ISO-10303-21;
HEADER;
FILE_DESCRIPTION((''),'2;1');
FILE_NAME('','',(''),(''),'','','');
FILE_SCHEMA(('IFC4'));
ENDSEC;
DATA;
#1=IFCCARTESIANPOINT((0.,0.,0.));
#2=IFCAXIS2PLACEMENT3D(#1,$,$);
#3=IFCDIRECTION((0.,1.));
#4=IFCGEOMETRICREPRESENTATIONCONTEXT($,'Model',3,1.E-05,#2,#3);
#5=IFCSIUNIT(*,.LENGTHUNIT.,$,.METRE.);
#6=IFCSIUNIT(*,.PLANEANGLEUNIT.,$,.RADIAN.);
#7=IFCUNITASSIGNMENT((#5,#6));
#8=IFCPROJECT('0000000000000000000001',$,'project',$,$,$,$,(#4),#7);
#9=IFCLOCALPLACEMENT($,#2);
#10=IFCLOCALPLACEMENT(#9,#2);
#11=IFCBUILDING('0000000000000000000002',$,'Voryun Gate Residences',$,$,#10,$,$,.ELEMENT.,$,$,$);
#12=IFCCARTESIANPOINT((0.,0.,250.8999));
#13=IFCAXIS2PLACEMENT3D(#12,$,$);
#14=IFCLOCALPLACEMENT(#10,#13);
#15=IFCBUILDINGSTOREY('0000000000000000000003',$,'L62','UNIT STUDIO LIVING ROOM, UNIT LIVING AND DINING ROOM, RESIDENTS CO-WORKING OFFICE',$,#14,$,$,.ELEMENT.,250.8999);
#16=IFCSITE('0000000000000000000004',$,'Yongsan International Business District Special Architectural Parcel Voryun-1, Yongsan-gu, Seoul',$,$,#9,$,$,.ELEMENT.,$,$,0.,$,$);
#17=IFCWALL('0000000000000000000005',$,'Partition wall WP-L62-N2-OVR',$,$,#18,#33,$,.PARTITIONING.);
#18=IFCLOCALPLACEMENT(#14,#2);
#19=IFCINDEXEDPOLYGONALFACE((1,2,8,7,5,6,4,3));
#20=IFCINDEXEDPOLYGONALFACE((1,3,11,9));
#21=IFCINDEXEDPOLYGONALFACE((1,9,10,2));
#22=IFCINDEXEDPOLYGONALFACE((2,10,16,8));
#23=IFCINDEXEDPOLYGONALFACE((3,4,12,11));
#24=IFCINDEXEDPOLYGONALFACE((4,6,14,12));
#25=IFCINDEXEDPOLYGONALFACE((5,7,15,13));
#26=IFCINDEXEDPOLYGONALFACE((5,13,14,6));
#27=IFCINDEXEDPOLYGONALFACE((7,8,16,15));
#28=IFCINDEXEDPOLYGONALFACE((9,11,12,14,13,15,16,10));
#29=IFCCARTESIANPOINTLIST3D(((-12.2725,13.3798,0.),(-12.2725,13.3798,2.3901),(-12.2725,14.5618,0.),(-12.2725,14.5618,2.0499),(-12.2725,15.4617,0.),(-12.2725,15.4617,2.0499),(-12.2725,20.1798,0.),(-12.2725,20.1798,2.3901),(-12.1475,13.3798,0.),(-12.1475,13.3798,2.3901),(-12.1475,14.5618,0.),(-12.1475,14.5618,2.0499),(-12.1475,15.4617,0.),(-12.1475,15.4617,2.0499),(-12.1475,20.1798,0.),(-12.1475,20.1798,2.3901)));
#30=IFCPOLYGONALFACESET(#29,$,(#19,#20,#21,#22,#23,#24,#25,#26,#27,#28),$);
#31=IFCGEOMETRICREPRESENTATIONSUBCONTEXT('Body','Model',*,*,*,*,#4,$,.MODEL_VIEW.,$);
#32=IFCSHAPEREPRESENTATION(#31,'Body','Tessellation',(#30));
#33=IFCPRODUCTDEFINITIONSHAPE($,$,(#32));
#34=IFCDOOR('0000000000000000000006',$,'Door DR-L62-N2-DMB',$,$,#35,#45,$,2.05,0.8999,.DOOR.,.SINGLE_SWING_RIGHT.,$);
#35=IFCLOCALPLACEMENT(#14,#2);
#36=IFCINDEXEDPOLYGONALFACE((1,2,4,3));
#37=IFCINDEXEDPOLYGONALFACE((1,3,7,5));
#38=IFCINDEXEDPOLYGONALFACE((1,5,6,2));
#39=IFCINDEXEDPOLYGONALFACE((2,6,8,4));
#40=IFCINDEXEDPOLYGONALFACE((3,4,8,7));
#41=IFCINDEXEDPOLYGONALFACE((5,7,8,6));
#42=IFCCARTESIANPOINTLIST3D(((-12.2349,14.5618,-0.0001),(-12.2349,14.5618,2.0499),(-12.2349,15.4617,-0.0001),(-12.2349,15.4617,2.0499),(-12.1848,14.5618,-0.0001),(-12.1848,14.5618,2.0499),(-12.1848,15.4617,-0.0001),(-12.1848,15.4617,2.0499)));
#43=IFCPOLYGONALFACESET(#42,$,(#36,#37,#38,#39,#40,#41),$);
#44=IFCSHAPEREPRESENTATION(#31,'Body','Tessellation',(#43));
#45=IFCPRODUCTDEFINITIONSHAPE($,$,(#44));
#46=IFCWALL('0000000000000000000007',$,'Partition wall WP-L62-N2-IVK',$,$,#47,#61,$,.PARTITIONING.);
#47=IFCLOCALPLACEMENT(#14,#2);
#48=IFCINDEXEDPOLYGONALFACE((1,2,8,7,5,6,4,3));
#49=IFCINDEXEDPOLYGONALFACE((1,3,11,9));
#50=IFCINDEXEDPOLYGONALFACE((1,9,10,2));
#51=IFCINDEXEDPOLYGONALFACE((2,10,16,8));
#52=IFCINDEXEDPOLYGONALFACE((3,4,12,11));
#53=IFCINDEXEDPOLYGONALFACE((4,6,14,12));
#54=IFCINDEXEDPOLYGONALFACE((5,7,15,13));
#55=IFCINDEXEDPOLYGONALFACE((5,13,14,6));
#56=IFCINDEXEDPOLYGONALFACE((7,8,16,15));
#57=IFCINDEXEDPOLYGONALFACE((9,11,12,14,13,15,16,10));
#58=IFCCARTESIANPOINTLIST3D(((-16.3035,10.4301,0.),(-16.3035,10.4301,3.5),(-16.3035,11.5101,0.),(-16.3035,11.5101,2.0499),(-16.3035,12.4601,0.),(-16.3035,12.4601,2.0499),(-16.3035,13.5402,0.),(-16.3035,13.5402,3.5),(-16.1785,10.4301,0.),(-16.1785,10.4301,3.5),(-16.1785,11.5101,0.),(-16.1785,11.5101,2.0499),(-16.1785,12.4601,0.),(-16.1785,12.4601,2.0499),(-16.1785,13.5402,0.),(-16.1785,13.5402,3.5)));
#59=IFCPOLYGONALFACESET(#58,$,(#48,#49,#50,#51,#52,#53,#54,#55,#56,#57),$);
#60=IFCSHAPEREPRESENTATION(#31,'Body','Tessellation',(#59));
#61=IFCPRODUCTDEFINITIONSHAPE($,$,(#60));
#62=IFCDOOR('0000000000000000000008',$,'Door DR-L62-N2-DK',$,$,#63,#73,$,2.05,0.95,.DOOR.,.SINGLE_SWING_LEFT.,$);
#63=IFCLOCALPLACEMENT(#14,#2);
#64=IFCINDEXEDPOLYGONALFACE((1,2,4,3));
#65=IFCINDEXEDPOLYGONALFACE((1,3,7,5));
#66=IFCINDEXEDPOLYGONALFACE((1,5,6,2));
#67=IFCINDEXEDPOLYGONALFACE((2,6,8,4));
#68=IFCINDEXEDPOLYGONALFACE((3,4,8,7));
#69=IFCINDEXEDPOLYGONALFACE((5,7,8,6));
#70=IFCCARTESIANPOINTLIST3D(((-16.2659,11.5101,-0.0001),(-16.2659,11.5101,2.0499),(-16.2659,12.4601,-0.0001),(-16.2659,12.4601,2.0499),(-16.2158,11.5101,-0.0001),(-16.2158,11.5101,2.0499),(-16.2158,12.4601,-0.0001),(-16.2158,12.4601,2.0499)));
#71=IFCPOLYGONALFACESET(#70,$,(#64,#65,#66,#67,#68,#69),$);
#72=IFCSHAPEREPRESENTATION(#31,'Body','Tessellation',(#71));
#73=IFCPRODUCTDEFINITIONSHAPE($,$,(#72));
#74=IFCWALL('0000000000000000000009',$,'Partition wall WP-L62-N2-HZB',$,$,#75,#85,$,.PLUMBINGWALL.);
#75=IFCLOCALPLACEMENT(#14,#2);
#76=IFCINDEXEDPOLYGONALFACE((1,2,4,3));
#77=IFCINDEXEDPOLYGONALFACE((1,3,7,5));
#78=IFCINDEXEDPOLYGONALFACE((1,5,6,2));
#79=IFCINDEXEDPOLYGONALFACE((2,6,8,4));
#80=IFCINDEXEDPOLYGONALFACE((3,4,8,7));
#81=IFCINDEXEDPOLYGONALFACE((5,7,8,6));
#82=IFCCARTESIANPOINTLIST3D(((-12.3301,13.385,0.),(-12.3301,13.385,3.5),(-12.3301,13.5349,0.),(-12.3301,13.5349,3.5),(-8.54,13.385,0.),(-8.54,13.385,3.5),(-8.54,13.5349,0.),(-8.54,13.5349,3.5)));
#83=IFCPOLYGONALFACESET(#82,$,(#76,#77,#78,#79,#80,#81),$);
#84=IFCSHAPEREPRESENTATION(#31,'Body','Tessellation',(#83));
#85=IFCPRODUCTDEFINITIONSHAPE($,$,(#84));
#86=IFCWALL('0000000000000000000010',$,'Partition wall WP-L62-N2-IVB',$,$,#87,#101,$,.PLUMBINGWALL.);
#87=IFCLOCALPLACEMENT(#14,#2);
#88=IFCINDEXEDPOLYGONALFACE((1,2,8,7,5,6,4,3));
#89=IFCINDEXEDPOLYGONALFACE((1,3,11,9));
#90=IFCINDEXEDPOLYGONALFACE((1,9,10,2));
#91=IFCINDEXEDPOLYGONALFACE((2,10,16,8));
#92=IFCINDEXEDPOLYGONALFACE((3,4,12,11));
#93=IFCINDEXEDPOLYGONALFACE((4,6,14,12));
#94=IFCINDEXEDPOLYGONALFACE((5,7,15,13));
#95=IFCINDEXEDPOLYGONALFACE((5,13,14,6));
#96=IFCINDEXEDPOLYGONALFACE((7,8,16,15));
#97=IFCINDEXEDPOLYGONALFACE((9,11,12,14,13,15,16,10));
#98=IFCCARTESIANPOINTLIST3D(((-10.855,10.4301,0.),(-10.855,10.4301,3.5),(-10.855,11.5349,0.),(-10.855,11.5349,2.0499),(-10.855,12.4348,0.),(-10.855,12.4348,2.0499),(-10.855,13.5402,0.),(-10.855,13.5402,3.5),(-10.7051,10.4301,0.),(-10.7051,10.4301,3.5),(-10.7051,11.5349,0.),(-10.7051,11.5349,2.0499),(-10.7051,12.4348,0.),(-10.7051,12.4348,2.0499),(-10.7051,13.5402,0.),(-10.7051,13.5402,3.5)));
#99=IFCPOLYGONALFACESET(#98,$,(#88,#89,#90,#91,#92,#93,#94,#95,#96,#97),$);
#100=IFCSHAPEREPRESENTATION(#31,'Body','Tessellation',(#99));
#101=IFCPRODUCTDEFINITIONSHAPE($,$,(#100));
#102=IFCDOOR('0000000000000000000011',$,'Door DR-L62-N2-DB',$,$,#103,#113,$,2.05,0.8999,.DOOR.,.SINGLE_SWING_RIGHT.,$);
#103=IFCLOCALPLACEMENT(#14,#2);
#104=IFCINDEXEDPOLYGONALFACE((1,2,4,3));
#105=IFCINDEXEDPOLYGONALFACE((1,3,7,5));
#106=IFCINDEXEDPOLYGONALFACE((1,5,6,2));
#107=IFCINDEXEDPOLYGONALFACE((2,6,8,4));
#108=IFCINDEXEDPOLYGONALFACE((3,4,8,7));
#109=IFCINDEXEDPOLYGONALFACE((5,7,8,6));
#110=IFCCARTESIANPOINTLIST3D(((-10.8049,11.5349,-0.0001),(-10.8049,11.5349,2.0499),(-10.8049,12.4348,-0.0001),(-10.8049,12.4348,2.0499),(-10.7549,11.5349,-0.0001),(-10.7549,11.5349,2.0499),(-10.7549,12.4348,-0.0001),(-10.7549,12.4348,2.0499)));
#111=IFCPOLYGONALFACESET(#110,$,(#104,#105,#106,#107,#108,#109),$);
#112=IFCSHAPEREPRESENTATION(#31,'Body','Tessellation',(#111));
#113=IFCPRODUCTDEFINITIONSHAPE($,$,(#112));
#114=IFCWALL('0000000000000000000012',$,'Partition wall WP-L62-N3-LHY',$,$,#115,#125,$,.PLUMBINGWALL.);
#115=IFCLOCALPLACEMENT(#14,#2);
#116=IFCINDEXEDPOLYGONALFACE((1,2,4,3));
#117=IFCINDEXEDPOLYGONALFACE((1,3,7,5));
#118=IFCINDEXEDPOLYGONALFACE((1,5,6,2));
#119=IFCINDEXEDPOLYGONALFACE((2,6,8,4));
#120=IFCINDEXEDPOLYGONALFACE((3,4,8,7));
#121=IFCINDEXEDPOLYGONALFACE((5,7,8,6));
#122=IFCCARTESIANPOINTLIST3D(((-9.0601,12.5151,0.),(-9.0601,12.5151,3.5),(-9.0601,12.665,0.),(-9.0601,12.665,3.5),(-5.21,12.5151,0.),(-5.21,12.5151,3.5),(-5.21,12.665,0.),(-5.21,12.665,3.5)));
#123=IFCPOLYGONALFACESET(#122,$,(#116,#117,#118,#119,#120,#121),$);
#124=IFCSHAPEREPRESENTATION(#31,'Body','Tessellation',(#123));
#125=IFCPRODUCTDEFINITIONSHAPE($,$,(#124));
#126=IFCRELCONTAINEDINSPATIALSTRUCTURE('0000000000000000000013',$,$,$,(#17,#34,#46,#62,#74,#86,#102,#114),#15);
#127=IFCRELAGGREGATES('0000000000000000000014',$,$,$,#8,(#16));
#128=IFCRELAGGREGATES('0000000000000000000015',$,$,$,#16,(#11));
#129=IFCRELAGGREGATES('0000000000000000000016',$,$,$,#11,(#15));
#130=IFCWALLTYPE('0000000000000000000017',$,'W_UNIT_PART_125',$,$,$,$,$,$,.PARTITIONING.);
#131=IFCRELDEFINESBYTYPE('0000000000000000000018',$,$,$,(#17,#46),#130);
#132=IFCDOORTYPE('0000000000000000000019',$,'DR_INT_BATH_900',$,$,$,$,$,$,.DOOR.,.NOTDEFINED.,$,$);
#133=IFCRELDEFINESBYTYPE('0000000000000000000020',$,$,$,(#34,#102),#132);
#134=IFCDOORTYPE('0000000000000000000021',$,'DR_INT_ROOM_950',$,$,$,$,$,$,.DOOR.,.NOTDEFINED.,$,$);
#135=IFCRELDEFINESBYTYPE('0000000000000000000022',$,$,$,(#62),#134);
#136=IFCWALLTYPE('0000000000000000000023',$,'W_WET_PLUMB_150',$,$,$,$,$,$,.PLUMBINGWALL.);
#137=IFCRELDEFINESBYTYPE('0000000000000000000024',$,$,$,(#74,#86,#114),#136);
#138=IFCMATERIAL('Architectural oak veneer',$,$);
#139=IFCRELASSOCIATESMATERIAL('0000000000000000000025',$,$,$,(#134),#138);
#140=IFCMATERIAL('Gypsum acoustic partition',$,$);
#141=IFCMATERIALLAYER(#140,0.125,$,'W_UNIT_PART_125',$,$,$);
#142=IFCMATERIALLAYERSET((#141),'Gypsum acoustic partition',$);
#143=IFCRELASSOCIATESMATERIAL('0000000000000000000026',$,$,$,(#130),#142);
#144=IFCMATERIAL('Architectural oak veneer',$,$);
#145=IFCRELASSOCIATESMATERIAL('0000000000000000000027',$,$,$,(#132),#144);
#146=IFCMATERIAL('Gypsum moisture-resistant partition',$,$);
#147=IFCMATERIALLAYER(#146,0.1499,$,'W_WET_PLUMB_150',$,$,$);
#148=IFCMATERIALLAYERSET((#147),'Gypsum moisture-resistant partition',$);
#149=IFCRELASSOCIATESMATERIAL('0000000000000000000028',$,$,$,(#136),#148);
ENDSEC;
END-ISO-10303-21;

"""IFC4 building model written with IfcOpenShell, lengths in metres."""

from ifc_helpers import new_model, si_unit, direction, frame, frame_2d, origin, place, context, subcontext, project, spatial, rectangle, extrude, material, layer, layer_set, type_object, element, fill, save


model = new_model("IFC4")

# Units and contexts
model_context = context("Model", 3, precision=1e-05, world=origin(), true_north=direction((0.0, 1.0)))
body_context = subcontext(model_context, "Body", "Model", "MODEL_VIEW")
ifc_project = project(units=[si_unit("LENGTHUNIT", "METRE"), si_unit("PLANEANGLEUNIT", "RADIAN")], contexts=[model_context])

# Site, building, storey
site_placement = place(None, origin())
site = spatial("IfcSite", under=ifc_project, at=site_placement, Name="Yongsan International Business District Special Architectural Parcel Voryun-1, Yongsan-gu, Seoul", CompositionType="ELEMENT", RefElevation=0.0)
building_placement = place(site_placement, origin())
building = spatial("IfcBuilding", under=site, at=building_placement, Name="Voryun Gate Residences", CompositionType="ELEMENT")
storey_placement = place(building_placement, frame((0.0, 0.0, 250.8999)))
storey = spatial("IfcBuildingStorey", under=building, at=storey_placement, Name="L62", Description="UNIT STUDIO LIVING ROOM, UNIT LIVING AND DINING ROOM, RESIDENTS CO-WORKING OFFICE", CompositionType="ELEMENT", Elevation=250.8999)

# Shared definitions
ifc_material_1 = material(Name="Architectural oak veneer")
door_type_1 = type_object("IfcDoorType", Name="DR_INT_ROOM_950", OperationType="NOTDEFINED", PredefinedType="DOOR", material=ifc_material_1)

# Walls, openings, doors
ifc_material_2 = material(Name="Gypsum acoustic partition")
ifc_layer_1 = layer(ifc_material_2, 0.125, Name="W_UNIT_PART_125")
ifc_layer_set_1 = layer_set([ifc_layer_1], Name="Gypsum acoustic partition")
wall_type_1 = type_object("IfcWallType", Name="W_UNIT_PART_125", PredefinedType="PARTITIONING", material=ifc_layer_set_1)
wall_1_placement = place(storey_placement, frame((-12.21, 13.3799, 0.0), z_axis=(0.0, 0.0, 1.0), x_axis=(0.0, 1.0, 0.0)))
wall_1 = element("IfcWall", 1, at=wall_1_placement, inside=storey, type_object=wall_type_1, Name="Partition wall WP-L62-N2-OVR", PredefinedType="PARTITIONING", context=body_context, shape_type="SweptSolid", body=[
    extrude(rectangle(XDim=6.8, YDim=0.125, at=frame_2d((3.3999, 0.0))), origin(), (0.0, 0.0, 1.0), 2.3901),
])
opening_1_placement = place(wall_1_placement, frame((1.1819, 0.0, 0.0)))
opening_1 = element("IfcOpeningElement", 2, at=opening_1_placement, cuts=wall_1, PredefinedType="OPENING", context=body_context, shape_type="SweptSolid", body=[
    extrude(rectangle(XDim=0.8999, YDim=2.05, at=frame_2d((0.45, 1.0249))), frame((0.0, 0.0725, 0.0), z_axis=(0.0, -1.0, 0.0), x_axis=(1.0, 0.0, 0.0)), (0.0, 0.0, 1.0), 0.145),
])
ifc_material_3 = material(Name="Architectural oak veneer")
door_type_2 = type_object("IfcDoorType", Name="DR_INT_BATH_900", OperationType="NOTDEFINED", PredefinedType="DOOR", material=ifc_material_3)
door_1_placement = place(opening_1_placement, origin())
door_1 = element("IfcDoor", 3, at=door_1_placement, inside=storey, type_object=door_type_2, Name="Door DR-L62-N2-DMB", OperationType="SINGLE_SWING_RIGHT", OverallHeight=2.05, OverallWidth=0.8999, PredefinedType="DOOR", context=body_context, shape_type="SweptSolid", body=[
    extrude(rectangle(XDim=0.8999, YDim=2.05, at=frame_2d((0.45, 1.0249))), frame((0.0, 0.0249, 0.0), z_axis=(0.0, -1.0, 0.0), x_axis=(1.0, 0.0, 0.0)), (0.0, 0.0, 1.0), 0.05),
])
fill(opening_1, door_1)
wall_2_placement = place(storey_placement, frame((-16.241, 10.4299, 0.0), z_axis=(0.0, 0.0, 1.0), x_axis=(0.0, 1.0, 0.0)))
wall_2 = element("IfcWall", 4, at=wall_2_placement, inside=storey, type_object=wall_type_1, Name="Partition wall WP-L62-N2-IVK", PredefinedType="PARTITIONING", context=body_context, shape_type="SweptSolid", body=[
    extrude(rectangle(XDim=3.1101, YDim=0.125, at=frame_2d((1.5552, 0.0))), origin(), (0.0, 0.0, 1.0), 3.5),
])
opening_2_placement = place(wall_2_placement, frame((1.0801, 0.0, 0.0)))
opening_2 = element("IfcOpeningElement", 5, at=opening_2_placement, cuts=wall_2, PredefinedType="OPENING", context=body_context, shape_type="SweptSolid", body=[
    extrude(rectangle(XDim=0.95, YDim=2.05, at=frame_2d((0.4751, 1.0249))), frame((0.0, 0.0725, 0.0), z_axis=(0.0, -1.0, 0.0), x_axis=(1.0, 0.0, 0.0)), (0.0, 0.0, 1.0), 0.145),
])
door_2_placement = place(opening_2_placement, origin())
door_2 = element("IfcDoor", 6, at=door_2_placement, inside=storey, type_object=door_type_1, Name="Door DR-L62-N2-DK", OperationType="SINGLE_SWING_LEFT", OverallHeight=2.05, OverallWidth=0.95, PredefinedType="DOOR", context=body_context, shape_type="SweptSolid", body=[
    extrude(rectangle(XDim=0.95, YDim=2.05, at=frame_2d((0.4751, 1.0249))), frame((0.0, 0.0249, 0.0), z_axis=(0.0, -1.0, 0.0), x_axis=(1.0, 0.0, 0.0)), (0.0, 0.0, 1.0), 0.05),
])
fill(opening_2, door_2)

# Wall
ifc_material_4 = material(Name="Gypsum moisture-resistant partition")
ifc_layer_2 = layer(ifc_material_4, 0.1499, Name="W_WET_PLUMB_150")
ifc_layer_set_2 = layer_set([ifc_layer_2], Name="Gypsum moisture-resistant partition")
wall_type_2 = type_object("IfcWallType", Name="W_WET_PLUMB_150", PredefinedType="PLUMBINGWALL", material=ifc_layer_set_2)
wall_3_placement = place(storey_placement, frame((-12.3301, 13.46, 0.0), z_axis=(0.0, 0.0, 1.0), x_axis=(1.0, 0.0, 0.0)))
element("IfcWall", 7, at=wall_3_placement, inside=storey, type_object=wall_type_2, Name="Partition wall WP-L62-N2-HZB", PredefinedType="PLUMBINGWALL", context=body_context, shape_type="SweptSolid", body=[
    extrude(rectangle(XDim=3.79, YDim=0.1499, at=frame_2d((1.895, 0.0))), origin(), (0.0, 0.0, 1.0), 3.5),
])

# Wall, opening, door
wall_4_placement = place(storey_placement, frame((-10.78, 10.4299, 0.0), z_axis=(0.0, 0.0, 1.0), x_axis=(0.0, 1.0, 0.0)))
wall_4 = element("IfcWall", 8, at=wall_4_placement, inside=storey, type_object=wall_type_2, Name="Partition wall WP-L62-N2-IVB", PredefinedType="PLUMBINGWALL", context=body_context, shape_type="SweptSolid", body=[
    extrude(rectangle(XDim=3.1101, YDim=0.1499, at=frame_2d((1.5552, 0.0))), origin(), (0.0, 0.0, 1.0), 3.5),
])
opening_3_placement = place(wall_4_placement, frame((1.105, 0.0, 0.0)))
opening_3 = element("IfcOpeningElement", 9, at=opening_3_placement, cuts=wall_4, PredefinedType="OPENING", context=body_context, shape_type="SweptSolid", body=[
    extrude(rectangle(XDim=0.8999, YDim=2.05, at=frame_2d((0.45, 1.0249))), frame((0.0, 0.085, 0.0), z_axis=(0.0, -1.0, 0.0), x_axis=(1.0, 0.0, 0.0)), (0.0, 0.0, 1.0), 0.1699),
])
door_3_placement = place(opening_3_placement, origin())
door_3 = element("IfcDoor", 10, at=door_3_placement, inside=storey, type_object=door_type_2, Name="Door DR-L62-N2-DB", OperationType="SINGLE_SWING_RIGHT", OverallHeight=2.05, OverallWidth=0.8999, PredefinedType="DOOR", context=body_context, shape_type="SweptSolid", body=[
    extrude(rectangle(XDim=0.8999, YDim=2.05, at=frame_2d((0.45, 1.0249))), frame((0.0, 0.0249, 0.0), z_axis=(0.0, -1.0, 0.0), x_axis=(1.0, 0.0, 0.0)), (0.0, 0.0, 1.0), 0.05),
])
fill(opening_3, door_3)

# Wall
wall_5_placement = place(storey_placement, frame((-9.0601, 12.5901, 0.0), z_axis=(0.0, 0.0, 1.0), x_axis=(1.0, 0.0, 0.0)))
element("IfcWall", 11, at=wall_5_placement, inside=storey, type_object=wall_type_2, Name="Partition wall WP-L62-N3-LHY", PredefinedType="PLUMBINGWALL", context=body_context, shape_type="SweptSolid", body=[
    extrude(rectangle(XDim=3.8501, YDim=0.1499, at=frame_2d((1.925, 0.0))), origin(), (0.0, 0.0, 1.0), 3.5),
])

save(model, "model.ifc")
